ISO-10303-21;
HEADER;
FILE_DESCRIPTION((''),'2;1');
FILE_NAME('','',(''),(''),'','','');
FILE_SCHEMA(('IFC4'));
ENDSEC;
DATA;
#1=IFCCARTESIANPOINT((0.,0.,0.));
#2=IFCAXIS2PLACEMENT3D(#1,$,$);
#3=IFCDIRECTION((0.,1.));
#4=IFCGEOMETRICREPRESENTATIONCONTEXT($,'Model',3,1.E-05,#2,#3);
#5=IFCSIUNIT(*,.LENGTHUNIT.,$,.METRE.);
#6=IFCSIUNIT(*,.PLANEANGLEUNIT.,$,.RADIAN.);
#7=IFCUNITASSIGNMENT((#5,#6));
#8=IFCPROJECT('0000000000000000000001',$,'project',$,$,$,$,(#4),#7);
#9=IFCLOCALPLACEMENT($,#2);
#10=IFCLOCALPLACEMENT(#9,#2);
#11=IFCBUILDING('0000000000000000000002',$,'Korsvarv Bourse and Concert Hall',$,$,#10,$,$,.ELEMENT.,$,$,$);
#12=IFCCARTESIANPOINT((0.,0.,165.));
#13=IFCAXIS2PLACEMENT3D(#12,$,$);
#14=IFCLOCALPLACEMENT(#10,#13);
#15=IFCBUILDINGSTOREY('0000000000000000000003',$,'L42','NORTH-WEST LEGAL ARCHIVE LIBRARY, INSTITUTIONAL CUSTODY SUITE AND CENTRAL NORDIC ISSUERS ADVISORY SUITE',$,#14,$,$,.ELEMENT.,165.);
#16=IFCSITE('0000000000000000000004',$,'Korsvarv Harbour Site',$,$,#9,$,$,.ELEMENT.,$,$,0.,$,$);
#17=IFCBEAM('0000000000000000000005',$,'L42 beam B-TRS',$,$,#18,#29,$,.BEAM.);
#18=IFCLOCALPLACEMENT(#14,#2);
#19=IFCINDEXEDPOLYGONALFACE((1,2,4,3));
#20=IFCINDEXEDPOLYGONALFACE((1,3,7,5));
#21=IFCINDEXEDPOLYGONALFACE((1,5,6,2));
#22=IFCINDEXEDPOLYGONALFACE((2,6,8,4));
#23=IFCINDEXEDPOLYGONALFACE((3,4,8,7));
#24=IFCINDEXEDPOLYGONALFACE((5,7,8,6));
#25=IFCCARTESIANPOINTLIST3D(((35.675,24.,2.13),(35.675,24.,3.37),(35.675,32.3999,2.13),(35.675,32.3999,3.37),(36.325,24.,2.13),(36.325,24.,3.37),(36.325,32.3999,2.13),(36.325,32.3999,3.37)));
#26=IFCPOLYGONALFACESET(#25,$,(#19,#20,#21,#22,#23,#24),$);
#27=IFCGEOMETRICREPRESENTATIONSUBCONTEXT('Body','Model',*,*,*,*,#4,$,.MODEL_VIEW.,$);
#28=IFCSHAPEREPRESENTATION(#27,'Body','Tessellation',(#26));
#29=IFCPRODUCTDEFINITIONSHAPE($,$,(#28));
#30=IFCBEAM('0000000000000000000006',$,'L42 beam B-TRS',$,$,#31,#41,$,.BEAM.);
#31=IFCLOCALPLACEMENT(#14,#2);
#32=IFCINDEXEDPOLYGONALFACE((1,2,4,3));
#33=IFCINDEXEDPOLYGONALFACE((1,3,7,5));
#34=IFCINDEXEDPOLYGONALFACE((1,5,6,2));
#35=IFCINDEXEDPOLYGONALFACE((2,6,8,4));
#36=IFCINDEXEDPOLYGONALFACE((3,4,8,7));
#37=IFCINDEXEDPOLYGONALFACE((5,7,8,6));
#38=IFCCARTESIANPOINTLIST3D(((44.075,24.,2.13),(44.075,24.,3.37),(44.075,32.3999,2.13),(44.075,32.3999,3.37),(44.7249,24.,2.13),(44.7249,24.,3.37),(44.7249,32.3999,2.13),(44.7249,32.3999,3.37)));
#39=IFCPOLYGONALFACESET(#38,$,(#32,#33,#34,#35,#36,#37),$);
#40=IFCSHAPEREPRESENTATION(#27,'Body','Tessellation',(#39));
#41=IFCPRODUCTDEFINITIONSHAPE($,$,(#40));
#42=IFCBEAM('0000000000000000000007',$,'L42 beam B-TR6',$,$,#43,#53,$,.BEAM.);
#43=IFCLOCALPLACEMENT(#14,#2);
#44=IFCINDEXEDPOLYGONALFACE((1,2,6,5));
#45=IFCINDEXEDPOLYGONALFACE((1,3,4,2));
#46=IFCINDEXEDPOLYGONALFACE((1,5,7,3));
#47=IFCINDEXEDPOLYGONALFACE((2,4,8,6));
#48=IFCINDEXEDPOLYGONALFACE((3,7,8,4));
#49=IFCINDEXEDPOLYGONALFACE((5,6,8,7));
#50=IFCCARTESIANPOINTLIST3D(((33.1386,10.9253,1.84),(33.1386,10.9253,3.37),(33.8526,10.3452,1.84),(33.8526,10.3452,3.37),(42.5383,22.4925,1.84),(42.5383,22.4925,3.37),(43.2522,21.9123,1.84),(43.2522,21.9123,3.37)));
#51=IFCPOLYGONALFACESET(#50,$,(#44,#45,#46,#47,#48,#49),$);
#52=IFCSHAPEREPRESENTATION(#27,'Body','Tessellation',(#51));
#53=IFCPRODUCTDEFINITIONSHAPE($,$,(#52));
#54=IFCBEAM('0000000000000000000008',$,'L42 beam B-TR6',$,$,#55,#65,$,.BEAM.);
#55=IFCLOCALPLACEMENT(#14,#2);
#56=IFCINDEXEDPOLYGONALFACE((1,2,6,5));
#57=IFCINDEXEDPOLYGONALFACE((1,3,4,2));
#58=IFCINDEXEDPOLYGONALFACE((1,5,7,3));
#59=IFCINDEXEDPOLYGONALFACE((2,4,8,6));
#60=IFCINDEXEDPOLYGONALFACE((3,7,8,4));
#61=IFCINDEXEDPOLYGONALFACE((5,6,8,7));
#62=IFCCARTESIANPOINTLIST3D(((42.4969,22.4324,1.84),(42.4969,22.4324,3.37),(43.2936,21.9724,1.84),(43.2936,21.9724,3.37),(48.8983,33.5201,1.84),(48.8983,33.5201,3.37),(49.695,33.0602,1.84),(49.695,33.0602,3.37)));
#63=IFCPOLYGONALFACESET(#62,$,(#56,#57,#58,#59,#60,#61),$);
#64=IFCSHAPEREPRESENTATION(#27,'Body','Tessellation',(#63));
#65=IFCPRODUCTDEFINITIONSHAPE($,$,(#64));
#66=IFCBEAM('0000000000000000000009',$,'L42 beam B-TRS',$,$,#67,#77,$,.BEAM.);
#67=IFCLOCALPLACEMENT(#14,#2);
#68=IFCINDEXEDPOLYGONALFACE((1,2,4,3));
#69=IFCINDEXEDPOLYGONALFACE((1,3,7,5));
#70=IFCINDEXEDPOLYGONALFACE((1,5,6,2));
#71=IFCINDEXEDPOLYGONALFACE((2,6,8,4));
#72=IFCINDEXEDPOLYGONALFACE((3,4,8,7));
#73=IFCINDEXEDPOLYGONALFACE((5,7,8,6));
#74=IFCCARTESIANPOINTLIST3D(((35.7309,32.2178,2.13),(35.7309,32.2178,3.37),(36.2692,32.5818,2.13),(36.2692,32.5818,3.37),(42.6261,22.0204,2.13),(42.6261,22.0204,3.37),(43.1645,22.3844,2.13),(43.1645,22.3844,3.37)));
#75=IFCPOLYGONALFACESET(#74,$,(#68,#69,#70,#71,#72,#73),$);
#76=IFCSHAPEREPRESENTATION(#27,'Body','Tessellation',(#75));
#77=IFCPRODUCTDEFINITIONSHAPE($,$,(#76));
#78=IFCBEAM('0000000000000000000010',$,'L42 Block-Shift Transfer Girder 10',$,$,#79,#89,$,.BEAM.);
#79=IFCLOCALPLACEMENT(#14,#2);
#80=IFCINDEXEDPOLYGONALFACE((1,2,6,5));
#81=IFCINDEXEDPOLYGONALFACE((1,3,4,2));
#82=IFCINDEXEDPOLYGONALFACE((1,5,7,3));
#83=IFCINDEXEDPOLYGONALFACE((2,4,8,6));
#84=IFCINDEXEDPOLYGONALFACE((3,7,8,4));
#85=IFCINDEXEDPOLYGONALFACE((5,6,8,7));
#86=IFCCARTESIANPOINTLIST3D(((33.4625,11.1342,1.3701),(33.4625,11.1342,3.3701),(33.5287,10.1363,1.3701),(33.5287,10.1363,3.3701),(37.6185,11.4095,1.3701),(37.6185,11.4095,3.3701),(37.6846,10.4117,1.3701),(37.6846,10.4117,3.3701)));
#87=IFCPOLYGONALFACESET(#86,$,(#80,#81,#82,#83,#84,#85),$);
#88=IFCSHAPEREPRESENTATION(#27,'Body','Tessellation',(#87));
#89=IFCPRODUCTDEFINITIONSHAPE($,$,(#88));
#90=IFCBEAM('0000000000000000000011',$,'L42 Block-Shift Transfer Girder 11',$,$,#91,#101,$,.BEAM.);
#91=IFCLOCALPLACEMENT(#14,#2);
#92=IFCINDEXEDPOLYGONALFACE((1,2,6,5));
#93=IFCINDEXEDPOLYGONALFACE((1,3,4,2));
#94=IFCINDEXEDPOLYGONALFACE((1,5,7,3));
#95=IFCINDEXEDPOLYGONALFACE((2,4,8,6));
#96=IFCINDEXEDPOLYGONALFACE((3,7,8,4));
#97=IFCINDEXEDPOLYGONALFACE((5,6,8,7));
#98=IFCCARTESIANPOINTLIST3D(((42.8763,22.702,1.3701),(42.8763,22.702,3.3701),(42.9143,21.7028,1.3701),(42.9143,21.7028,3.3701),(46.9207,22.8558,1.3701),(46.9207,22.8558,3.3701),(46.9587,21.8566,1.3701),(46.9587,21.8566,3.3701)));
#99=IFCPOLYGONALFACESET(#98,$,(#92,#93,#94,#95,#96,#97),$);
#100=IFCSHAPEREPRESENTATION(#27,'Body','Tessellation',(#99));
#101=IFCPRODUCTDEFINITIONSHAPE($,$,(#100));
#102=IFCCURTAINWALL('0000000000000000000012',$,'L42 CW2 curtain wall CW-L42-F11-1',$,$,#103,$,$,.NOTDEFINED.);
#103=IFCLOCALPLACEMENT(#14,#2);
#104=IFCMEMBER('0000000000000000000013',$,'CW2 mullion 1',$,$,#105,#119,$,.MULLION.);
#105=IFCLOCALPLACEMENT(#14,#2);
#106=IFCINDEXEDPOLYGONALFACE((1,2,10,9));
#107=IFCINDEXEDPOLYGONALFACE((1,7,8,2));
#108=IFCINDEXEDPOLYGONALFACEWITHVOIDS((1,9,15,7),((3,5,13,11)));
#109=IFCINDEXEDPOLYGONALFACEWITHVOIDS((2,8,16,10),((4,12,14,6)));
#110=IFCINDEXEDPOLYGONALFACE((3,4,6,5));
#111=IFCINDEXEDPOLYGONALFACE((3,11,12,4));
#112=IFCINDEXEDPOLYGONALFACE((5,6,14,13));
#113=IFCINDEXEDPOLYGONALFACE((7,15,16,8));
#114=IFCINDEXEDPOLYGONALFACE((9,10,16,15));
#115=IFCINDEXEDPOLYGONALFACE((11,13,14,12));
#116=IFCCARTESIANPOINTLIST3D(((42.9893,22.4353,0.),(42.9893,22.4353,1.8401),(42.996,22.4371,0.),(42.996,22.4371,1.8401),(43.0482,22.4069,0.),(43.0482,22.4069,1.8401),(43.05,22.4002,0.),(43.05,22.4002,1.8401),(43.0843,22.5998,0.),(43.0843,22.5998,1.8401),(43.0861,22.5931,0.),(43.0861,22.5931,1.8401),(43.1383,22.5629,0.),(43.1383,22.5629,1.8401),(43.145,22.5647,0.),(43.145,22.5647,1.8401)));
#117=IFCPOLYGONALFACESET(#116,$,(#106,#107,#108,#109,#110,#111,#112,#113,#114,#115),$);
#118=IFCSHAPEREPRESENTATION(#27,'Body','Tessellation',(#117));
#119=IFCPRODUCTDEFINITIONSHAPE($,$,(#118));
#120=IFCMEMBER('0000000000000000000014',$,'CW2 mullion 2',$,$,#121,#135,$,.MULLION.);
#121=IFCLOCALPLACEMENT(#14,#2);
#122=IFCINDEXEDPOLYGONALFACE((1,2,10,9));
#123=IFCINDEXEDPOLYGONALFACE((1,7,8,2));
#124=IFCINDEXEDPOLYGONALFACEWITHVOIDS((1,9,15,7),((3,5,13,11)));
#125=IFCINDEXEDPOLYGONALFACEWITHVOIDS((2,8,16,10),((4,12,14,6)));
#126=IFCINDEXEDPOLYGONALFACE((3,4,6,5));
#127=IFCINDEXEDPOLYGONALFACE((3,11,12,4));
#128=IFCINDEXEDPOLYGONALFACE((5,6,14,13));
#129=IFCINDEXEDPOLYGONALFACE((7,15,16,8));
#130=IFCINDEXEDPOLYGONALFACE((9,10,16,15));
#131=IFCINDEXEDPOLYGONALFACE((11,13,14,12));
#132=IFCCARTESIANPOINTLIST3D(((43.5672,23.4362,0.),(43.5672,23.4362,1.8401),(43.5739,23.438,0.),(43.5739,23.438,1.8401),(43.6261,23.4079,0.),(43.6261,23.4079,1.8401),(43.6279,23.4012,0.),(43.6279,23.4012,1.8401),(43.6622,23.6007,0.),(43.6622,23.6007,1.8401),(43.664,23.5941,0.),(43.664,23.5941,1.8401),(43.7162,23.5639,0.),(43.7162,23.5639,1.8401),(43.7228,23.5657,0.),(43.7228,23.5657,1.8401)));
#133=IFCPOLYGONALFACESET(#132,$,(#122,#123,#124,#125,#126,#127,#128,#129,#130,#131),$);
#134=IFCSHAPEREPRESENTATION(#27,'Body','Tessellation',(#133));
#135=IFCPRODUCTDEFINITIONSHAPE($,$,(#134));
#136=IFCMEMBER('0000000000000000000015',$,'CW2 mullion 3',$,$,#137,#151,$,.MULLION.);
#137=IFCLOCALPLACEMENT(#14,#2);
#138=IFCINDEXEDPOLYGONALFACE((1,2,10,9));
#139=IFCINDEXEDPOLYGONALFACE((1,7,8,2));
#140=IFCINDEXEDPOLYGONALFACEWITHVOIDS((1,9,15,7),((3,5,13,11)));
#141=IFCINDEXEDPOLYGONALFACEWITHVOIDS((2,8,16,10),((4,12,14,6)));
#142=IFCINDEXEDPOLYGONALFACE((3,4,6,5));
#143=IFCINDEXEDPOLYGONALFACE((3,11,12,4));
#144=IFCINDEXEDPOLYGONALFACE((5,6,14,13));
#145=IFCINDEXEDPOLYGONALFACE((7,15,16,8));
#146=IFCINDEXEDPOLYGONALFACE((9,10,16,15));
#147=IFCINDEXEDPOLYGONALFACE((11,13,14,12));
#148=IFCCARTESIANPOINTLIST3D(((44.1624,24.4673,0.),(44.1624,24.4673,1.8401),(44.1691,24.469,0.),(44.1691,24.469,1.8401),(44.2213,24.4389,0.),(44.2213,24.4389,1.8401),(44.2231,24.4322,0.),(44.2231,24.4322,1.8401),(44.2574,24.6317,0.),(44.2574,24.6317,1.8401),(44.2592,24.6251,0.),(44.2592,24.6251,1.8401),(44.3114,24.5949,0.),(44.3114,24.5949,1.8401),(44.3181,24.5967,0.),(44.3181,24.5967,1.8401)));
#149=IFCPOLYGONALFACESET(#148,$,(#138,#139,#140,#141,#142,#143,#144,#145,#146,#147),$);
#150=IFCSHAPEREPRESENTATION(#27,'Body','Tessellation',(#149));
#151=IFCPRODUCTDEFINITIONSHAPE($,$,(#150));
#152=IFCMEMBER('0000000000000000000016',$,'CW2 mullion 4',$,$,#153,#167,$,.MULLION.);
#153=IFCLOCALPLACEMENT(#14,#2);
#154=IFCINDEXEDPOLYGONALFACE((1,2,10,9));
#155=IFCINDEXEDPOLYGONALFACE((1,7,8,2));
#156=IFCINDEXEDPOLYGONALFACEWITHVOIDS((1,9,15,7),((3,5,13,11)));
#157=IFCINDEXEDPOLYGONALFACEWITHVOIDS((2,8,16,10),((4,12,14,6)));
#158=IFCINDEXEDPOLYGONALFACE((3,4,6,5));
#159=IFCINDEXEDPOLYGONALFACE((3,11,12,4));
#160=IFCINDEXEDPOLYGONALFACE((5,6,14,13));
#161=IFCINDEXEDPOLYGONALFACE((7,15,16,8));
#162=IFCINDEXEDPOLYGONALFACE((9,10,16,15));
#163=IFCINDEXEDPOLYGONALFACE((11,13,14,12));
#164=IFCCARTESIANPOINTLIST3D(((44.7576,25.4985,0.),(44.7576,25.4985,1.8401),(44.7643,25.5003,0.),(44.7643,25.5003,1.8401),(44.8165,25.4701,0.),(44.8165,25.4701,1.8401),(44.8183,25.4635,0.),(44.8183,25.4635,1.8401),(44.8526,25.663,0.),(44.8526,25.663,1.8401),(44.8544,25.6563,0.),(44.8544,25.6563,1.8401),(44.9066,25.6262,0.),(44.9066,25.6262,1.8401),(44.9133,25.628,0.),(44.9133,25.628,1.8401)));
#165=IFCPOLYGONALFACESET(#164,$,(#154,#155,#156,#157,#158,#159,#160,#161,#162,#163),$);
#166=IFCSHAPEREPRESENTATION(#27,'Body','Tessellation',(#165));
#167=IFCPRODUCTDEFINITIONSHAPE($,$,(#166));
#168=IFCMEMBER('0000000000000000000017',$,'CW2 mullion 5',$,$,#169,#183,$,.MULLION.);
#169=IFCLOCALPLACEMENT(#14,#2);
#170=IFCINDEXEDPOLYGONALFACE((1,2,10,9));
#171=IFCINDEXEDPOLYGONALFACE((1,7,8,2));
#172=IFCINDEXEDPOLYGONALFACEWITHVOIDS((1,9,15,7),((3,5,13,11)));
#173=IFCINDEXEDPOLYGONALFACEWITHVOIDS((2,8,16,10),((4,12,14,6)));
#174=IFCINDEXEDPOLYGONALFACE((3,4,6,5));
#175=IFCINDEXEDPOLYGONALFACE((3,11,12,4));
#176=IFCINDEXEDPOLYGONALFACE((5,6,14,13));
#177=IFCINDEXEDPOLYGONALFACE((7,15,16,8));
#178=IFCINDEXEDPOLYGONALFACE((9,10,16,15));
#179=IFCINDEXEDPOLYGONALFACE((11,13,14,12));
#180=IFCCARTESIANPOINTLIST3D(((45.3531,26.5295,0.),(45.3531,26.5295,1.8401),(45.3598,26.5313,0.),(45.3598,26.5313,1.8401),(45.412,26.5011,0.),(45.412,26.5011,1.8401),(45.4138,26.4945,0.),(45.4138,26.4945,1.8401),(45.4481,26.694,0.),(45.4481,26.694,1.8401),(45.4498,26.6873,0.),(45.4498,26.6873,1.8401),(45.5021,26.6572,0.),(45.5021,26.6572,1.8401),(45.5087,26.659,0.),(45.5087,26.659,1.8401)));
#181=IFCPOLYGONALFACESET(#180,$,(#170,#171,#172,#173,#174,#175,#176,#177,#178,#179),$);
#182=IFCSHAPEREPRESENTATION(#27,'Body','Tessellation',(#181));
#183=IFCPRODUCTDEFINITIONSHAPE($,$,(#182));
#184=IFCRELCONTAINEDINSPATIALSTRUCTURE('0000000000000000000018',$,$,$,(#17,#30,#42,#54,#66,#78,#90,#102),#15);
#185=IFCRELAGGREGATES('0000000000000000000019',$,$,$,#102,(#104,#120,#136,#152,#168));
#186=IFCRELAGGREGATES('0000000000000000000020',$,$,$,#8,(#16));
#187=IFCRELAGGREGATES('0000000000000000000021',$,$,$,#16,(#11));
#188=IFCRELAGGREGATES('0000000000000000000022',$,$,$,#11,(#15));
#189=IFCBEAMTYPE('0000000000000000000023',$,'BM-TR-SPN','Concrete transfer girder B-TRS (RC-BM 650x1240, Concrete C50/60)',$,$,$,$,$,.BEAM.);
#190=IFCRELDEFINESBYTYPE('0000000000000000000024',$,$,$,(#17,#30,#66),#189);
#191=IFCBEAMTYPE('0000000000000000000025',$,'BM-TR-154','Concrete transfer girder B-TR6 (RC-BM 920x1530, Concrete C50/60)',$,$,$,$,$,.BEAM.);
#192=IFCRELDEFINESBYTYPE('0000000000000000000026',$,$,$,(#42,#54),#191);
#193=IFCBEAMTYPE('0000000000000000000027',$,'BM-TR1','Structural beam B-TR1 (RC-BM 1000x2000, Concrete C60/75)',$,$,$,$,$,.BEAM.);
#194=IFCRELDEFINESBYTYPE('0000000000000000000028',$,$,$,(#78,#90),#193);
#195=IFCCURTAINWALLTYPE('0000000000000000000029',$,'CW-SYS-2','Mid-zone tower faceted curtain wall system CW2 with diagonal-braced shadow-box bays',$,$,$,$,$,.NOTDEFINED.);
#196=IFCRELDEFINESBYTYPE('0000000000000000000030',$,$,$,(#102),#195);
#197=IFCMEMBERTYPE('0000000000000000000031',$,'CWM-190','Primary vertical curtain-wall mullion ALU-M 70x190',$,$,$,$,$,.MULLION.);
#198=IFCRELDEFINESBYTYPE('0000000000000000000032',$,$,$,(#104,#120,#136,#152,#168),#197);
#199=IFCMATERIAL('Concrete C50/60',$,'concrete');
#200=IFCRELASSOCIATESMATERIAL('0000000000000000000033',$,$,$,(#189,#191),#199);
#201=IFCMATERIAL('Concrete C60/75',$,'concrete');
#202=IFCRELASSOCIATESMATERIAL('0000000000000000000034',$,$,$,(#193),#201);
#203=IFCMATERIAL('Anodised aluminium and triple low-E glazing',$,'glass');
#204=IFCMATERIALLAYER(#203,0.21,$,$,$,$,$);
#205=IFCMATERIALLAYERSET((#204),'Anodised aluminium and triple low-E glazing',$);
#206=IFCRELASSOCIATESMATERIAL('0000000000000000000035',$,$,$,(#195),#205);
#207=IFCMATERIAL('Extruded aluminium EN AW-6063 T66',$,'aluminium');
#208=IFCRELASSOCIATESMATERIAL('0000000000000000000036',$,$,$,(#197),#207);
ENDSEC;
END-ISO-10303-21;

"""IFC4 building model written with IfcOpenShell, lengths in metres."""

from ifc_helpers import new_model, si_unit, direction, frame, origin, origin_2d, place, context, subcontext, project, spatial, rectangle, hollow_rectangle, extrude, source, transform, mapped, material, layer, layer_set, material_profile, profile_set, type_object, element, aggregate, save


model = new_model("IFC4")

# Units and contexts
model_context = context("Model", 3, precision=1e-05, world=origin(), true_north=direction((0.0, 1.0)))
body_context = subcontext(model_context, "Body", "Model", "MODEL_VIEW")
ifc_project = project(units=[si_unit("LENGTHUNIT", "METRE"), si_unit("PLANEANGLEUNIT", "RADIAN")], contexts=[model_context])

# Site, building, storey
site_placement = place(None, origin())
site = spatial("IfcSite", under=ifc_project, at=site_placement, Name="Korsvarv Harbour Site", CompositionType="ELEMENT", RefElevation=0.0)
building_placement = place(site_placement, origin())
building = spatial("IfcBuilding", under=site, at=building_placement, Name="Korsvarv Bourse and Concert Hall", CompositionType="ELEMENT")
storey_placement = place(building_placement, frame((0.0, 0.0, 165.0)))
storey = spatial("IfcBuildingStorey", under=building, at=storey_placement, Name="L42", Description="NORTH-WEST LEGAL ARCHIVE LIBRARY, INSTITUTIONAL CUSTODY SUITE AND CENTRAL NORDIC ISSUERS ADVISORY SUITE", CompositionType="ELEMENT", Elevation=165.0)

# Beams
ifc_material_1 = material(Name="Concrete C50/60", Category="concrete")
ifc_material_profile_1 = material_profile(ifc_material_1, rectangle(XDim=0.6499, YDim=1.24, at=origin_2d()), Name="RC-BM 650x1240")
ifc_profile_set_1 = profile_set([ifc_material_profile_1], Name="Concrete C50/60")
beam_type_1 = type_object("IfcBeamType", Name="BM-TR-SPN", Description="Concrete transfer girder B-TRS (RC-BM 650x1240, Concrete C50/60)", PredefinedType="BEAM", material=ifc_profile_set_1)
shared_shape_1 = source(origin(), body_context, "Body", "SweptSolid", [
    extrude(rectangle(XDim=0.6499, YDim=1.24, at=origin_2d()), origin(), (0.0, 0.0, 1.0), 8.3999),
])
for number, where, z_axis, x_axis, name in (
    (1, (36.0, 24.0, 2.75), (0.0, 1.0, 0.0), (-1.0, 0.0, 0.0), "L42 beam B-TRS"),
    (2, (44.3999, 24.0, 2.75), (0.0, 1.0, 0.0), (-1.0, 0.0, 0.0), "L42 beam B-TRS"),
):
    element("IfcBeam", number, at=place(storey_placement, frame(where, z_axis=z_axis, x_axis=x_axis)), inside=storey, type_object=beam_type_1, Name=name, PredefinedType="BEAM", context=body_context, shape_type="MappedRepresentation", body=[
        mapped(shared_shape_1, transform((0.0, 0.0, 0.0), scale=1.0)),
    ])
ifc_material_profile_2 = material_profile(ifc_material_1, rectangle(XDim=0.9199, YDim=1.53, at=origin_2d()), Name="RC-BM 920x1530")
ifc_profile_set_2 = profile_set([ifc_material_profile_2], Name="Concrete C50/60")
beam_type_2 = type_object("IfcBeamType", Name="BM-TR-154", Description="Concrete transfer girder B-TR6 (RC-BM 920x1530, Concrete C50/60)", PredefinedType="BEAM", material=ifc_profile_set_2)
shared_shape_2 = source(origin(), body_context, "Body", "SweptSolid", [
    extrude(rectangle(XDim=0.9199, YDim=1.53, at=origin_2d()), origin(), (0.0, 0.0, 1.0), 14.9048),
])
beam_1_placement = place(storey_placement, frame((33.4956, 10.6353, 2.605), z_axis=(0.630648, 0.776069, 0.0), x_axis=(-0.776069, 0.630648, 0.0)))
element("IfcBeam", 3, at=beam_1_placement, inside=storey, type_object=beam_type_2, Name="L42 beam B-TR6", PredefinedType="BEAM", context=body_context, shape_type="MappedRepresentation", body=[
    mapped(shared_shape_2, transform((0.0, 0.0, 0.0), scale=1.0)),
])
shared_shape_3 = source(origin(), body_context, "Body", "SweptSolid", [
    extrude(rectangle(XDim=0.9199, YDim=1.53, at=origin_2d()), origin(), (0.0, 0.0, 1.0), 12.803),
])
beam_2_placement = place(storey_placement, frame((42.8953, 22.2024, 2.605), z_axis=(0.499995, 0.866028, 0.0), x_axis=(-0.866028, 0.499995, 0.0)))
element("IfcBeam", 4, at=beam_2_placement, inside=storey, type_object=beam_type_2, Name="L42 beam B-TR6", PredefinedType="BEAM", context=body_context, shape_type="MappedRepresentation", body=[
    mapped(shared_shape_3, transform((0.0, 0.0, 0.0), scale=1.0)),
])
shared_shape_4 = source(origin(), body_context, "Body", "SweptSolid", [
    extrude(rectangle(XDim=0.6499, YDim=1.24, at=origin_2d()), origin(), (0.0, 0.0, 1.0), 12.3098),
])
beam_3_placement = place(storey_placement, frame((42.8953, 22.2024, 2.75), z_axis=(-0.560139, 0.828398, 0.0), x_axis=(-0.828398, -0.560139, 0.0)))
element("IfcBeam", 5, at=beam_3_placement, inside=storey, type_object=beam_type_1, Name="L42 beam B-TRS", PredefinedType="BEAM", context=body_context, shape_type="MappedRepresentation", body=[
    mapped(shared_shape_4, transform((0.0, 0.0, 0.0), scale=1.0)),
])
ifc_material_2 = material(Name="Concrete C60/75", Category="concrete")
ifc_material_profile_3 = material_profile(ifc_material_2, rectangle(XDim=1.0, YDim=2.0, at=origin_2d()), Name="RC-BM 1000x2000")
ifc_profile_set_3 = profile_set([ifc_material_profile_3], Name="Concrete C60/75")
beam_type_3 = type_object("IfcBeamType", Name="BM-TR1", Description="Structural beam B-TR1 (RC-BM 1000x2000, Concrete C60/75)", PredefinedType="BEAM", material=ifc_profile_set_3)
shared_shape_5 = source(origin(), body_context, "Body", "SweptSolid", [
    extrude(rectangle(XDim=1.0, YDim=2.0, at=origin_2d()), origin(), (0.0, 0.0, 1.0), 4.165),
])
beam_4_placement = place(storey_placement, frame((33.4956, 10.6353, 2.3701), z_axis=(0.997812, 0.066118, 0.0), x_axis=(-0.066118, 0.997812, 0.0)))
element("IfcBeam", 6, at=beam_4_placement, inside=storey, type_object=beam_type_3, Name="L42 Block-Shift Transfer Girder 10", PredefinedType="BEAM", context=body_context, shape_type="MappedRepresentation", body=[
    mapped(shared_shape_5, transform((0.0, 0.0, 0.0), scale=1.0)),
])
shared_shape_6 = source(origin(), body_context, "Body", "SweptSolid", [
    extrude(rectangle(XDim=1.0, YDim=2.0, at=origin_2d()), origin(), (0.0, 0.0, 1.0), 4.0474),
])
beam_5_placement = place(storey_placement, frame((42.8953, 22.2024, 2.3701), z_axis=(0.999278, 0.038002, 0.0), x_axis=(-0.038002, 0.999278, 0.0)))
element("IfcBeam", 7, at=beam_5_placement, inside=storey, type_object=beam_type_3, Name="L42 Block-Shift Transfer Girder 11", PredefinedType="BEAM", context=body_context, shape_type="MappedRepresentation", body=[
    mapped(shared_shape_6, transform((0.0, 0.0, 0.0), scale=1.0)),
])

# Curtain wall, members
ifc_material_3 = material(Name="Anodised aluminium and triple low-E glazing", Category="glass")
ifc_layer_1 = layer(ifc_material_3, 0.21)
ifc_layer_set_1 = layer_set([ifc_layer_1], Name="Anodised aluminium and triple low-E glazing")
curtain_wall_type = type_object("IfcCurtainWallType", Name="CW-SYS-2", Description="Mid-zone tower faceted curtain wall system CW2 with diagonal-braced shadow-box bays", PredefinedType="NOTDEFINED", material=ifc_layer_set_1)
curtain_wall_placement = place(storey_placement, origin())
curtain_wall = element("IfcCurtainWall", 8, at=curtain_wall_placement, inside=storey, type_object=curtain_wall_type, Name="L42 CW2 curtain wall CW-L42-F11-1", PredefinedType="NOTDEFINED")
ifc_material_4 = material(Name="Extruded aluminium EN AW-6063 T66", Category="aluminium")
ifc_material_profile_4 = material_profile(ifc_material_4, hollow_rectangle(XDim=0.0701, YDim=0.1899, WallThickness=0.0049, at=origin_2d()), Name="ALU-M 70x190")
ifc_profile_set_4 = profile_set([ifc_material_profile_4], Name="Extruded aluminium EN AW-6063 T66")
member_type_1 = type_object("IfcMemberType", Name="CWM-190", Description="Primary vertical curtain-wall mullion ALU-M 70x190", PredefinedType="MULLION", material=ifc_profile_set_4)
shared_shape_7 = source(origin(), body_context, "Body", "SweptSolid", [
    extrude(hollow_rectangle(XDim=0.0701, YDim=0.1899, WallThickness=0.0049, at=origin_2d()), origin(), (0.0, 0.0, 1.0), 1.8401),
])
member_1_placement = place(storey_placement, frame((43.0671, 22.5, 0.0), z_axis=(0.0, 0.0, 1.0), x_axis=(-0.866026, 0.499998, 0.0)))
member_1 = element("IfcMember", 9, at=member_1_placement, type_object=member_type_1, Name="CW2 mullion 1", PredefinedType="MULLION", context=body_context, shape_type="MappedRepresentation", body=[
    mapped(shared_shape_7, transform((0.0, 0.0, 0.0), scale=1.0)),
])
member_2_placement = place(storey_placement, frame((43.645, 23.501, 0.0), z_axis=(0.0, 0.0, 1.0), x_axis=(-0.866026, 0.499998, 0.0)))
member_2 = element("IfcMember", 10, at=member_2_placement, type_object=member_type_1, Name="CW2 mullion 2", PredefinedType="MULLION", context=body_context, shape_type="MappedRepresentation", body=[
    mapped(shared_shape_7, transform((0.0, 0.0, 0.0), scale=1.0)),
])
member_3_placement = place(storey_placement, frame((44.2402, 24.532, 0.0), z_axis=(0.0, 0.0, 1.0), x_axis=(-0.866026, 0.499998, 0.0)))
member_3 = element("IfcMember", 11, at=member_3_placement, type_object=member_type_1, Name="CW2 mullion 3", PredefinedType="MULLION", context=body_context, shape_type="MappedRepresentation", body=[
    mapped(shared_shape_7, transform((0.0, 0.0, 0.0), scale=1.0)),
])
member_4_placement = place(storey_placement, frame((44.8354, 25.5632, 0.0), z_axis=(0.0, 0.0, 1.0), x_axis=(-0.866026, 0.499998, 0.0)))
member_4 = element("IfcMember", 12, at=member_4_placement, type_object=member_type_1, Name="CW2 mullion 4", PredefinedType="MULLION", context=body_context, shape_type="MappedRepresentation", body=[
    mapped(shared_shape_7, transform((0.0, 0.0, 0.0), scale=1.0)),
])
member_5_placement = place(storey_placement, frame((45.4309, 26.5942, 0.0), z_axis=(0.0, 0.0, 1.0), x_axis=(-0.866026, 0.499998, 0.0)))
member_5 = element("IfcMember", 13, at=member_5_placement, type_object=member_type_1, Name="CW2 mullion 5", PredefinedType="MULLION", context=body_context, shape_type="MappedRepresentation", body=[
    mapped(shared_shape_7, transform((0.0, 0.0, 0.0), scale=1.0)),
])

aggregate(curtain_wall, [member_1, member_2, member_3, member_4, member_5])

save(model, "model.ifc")
